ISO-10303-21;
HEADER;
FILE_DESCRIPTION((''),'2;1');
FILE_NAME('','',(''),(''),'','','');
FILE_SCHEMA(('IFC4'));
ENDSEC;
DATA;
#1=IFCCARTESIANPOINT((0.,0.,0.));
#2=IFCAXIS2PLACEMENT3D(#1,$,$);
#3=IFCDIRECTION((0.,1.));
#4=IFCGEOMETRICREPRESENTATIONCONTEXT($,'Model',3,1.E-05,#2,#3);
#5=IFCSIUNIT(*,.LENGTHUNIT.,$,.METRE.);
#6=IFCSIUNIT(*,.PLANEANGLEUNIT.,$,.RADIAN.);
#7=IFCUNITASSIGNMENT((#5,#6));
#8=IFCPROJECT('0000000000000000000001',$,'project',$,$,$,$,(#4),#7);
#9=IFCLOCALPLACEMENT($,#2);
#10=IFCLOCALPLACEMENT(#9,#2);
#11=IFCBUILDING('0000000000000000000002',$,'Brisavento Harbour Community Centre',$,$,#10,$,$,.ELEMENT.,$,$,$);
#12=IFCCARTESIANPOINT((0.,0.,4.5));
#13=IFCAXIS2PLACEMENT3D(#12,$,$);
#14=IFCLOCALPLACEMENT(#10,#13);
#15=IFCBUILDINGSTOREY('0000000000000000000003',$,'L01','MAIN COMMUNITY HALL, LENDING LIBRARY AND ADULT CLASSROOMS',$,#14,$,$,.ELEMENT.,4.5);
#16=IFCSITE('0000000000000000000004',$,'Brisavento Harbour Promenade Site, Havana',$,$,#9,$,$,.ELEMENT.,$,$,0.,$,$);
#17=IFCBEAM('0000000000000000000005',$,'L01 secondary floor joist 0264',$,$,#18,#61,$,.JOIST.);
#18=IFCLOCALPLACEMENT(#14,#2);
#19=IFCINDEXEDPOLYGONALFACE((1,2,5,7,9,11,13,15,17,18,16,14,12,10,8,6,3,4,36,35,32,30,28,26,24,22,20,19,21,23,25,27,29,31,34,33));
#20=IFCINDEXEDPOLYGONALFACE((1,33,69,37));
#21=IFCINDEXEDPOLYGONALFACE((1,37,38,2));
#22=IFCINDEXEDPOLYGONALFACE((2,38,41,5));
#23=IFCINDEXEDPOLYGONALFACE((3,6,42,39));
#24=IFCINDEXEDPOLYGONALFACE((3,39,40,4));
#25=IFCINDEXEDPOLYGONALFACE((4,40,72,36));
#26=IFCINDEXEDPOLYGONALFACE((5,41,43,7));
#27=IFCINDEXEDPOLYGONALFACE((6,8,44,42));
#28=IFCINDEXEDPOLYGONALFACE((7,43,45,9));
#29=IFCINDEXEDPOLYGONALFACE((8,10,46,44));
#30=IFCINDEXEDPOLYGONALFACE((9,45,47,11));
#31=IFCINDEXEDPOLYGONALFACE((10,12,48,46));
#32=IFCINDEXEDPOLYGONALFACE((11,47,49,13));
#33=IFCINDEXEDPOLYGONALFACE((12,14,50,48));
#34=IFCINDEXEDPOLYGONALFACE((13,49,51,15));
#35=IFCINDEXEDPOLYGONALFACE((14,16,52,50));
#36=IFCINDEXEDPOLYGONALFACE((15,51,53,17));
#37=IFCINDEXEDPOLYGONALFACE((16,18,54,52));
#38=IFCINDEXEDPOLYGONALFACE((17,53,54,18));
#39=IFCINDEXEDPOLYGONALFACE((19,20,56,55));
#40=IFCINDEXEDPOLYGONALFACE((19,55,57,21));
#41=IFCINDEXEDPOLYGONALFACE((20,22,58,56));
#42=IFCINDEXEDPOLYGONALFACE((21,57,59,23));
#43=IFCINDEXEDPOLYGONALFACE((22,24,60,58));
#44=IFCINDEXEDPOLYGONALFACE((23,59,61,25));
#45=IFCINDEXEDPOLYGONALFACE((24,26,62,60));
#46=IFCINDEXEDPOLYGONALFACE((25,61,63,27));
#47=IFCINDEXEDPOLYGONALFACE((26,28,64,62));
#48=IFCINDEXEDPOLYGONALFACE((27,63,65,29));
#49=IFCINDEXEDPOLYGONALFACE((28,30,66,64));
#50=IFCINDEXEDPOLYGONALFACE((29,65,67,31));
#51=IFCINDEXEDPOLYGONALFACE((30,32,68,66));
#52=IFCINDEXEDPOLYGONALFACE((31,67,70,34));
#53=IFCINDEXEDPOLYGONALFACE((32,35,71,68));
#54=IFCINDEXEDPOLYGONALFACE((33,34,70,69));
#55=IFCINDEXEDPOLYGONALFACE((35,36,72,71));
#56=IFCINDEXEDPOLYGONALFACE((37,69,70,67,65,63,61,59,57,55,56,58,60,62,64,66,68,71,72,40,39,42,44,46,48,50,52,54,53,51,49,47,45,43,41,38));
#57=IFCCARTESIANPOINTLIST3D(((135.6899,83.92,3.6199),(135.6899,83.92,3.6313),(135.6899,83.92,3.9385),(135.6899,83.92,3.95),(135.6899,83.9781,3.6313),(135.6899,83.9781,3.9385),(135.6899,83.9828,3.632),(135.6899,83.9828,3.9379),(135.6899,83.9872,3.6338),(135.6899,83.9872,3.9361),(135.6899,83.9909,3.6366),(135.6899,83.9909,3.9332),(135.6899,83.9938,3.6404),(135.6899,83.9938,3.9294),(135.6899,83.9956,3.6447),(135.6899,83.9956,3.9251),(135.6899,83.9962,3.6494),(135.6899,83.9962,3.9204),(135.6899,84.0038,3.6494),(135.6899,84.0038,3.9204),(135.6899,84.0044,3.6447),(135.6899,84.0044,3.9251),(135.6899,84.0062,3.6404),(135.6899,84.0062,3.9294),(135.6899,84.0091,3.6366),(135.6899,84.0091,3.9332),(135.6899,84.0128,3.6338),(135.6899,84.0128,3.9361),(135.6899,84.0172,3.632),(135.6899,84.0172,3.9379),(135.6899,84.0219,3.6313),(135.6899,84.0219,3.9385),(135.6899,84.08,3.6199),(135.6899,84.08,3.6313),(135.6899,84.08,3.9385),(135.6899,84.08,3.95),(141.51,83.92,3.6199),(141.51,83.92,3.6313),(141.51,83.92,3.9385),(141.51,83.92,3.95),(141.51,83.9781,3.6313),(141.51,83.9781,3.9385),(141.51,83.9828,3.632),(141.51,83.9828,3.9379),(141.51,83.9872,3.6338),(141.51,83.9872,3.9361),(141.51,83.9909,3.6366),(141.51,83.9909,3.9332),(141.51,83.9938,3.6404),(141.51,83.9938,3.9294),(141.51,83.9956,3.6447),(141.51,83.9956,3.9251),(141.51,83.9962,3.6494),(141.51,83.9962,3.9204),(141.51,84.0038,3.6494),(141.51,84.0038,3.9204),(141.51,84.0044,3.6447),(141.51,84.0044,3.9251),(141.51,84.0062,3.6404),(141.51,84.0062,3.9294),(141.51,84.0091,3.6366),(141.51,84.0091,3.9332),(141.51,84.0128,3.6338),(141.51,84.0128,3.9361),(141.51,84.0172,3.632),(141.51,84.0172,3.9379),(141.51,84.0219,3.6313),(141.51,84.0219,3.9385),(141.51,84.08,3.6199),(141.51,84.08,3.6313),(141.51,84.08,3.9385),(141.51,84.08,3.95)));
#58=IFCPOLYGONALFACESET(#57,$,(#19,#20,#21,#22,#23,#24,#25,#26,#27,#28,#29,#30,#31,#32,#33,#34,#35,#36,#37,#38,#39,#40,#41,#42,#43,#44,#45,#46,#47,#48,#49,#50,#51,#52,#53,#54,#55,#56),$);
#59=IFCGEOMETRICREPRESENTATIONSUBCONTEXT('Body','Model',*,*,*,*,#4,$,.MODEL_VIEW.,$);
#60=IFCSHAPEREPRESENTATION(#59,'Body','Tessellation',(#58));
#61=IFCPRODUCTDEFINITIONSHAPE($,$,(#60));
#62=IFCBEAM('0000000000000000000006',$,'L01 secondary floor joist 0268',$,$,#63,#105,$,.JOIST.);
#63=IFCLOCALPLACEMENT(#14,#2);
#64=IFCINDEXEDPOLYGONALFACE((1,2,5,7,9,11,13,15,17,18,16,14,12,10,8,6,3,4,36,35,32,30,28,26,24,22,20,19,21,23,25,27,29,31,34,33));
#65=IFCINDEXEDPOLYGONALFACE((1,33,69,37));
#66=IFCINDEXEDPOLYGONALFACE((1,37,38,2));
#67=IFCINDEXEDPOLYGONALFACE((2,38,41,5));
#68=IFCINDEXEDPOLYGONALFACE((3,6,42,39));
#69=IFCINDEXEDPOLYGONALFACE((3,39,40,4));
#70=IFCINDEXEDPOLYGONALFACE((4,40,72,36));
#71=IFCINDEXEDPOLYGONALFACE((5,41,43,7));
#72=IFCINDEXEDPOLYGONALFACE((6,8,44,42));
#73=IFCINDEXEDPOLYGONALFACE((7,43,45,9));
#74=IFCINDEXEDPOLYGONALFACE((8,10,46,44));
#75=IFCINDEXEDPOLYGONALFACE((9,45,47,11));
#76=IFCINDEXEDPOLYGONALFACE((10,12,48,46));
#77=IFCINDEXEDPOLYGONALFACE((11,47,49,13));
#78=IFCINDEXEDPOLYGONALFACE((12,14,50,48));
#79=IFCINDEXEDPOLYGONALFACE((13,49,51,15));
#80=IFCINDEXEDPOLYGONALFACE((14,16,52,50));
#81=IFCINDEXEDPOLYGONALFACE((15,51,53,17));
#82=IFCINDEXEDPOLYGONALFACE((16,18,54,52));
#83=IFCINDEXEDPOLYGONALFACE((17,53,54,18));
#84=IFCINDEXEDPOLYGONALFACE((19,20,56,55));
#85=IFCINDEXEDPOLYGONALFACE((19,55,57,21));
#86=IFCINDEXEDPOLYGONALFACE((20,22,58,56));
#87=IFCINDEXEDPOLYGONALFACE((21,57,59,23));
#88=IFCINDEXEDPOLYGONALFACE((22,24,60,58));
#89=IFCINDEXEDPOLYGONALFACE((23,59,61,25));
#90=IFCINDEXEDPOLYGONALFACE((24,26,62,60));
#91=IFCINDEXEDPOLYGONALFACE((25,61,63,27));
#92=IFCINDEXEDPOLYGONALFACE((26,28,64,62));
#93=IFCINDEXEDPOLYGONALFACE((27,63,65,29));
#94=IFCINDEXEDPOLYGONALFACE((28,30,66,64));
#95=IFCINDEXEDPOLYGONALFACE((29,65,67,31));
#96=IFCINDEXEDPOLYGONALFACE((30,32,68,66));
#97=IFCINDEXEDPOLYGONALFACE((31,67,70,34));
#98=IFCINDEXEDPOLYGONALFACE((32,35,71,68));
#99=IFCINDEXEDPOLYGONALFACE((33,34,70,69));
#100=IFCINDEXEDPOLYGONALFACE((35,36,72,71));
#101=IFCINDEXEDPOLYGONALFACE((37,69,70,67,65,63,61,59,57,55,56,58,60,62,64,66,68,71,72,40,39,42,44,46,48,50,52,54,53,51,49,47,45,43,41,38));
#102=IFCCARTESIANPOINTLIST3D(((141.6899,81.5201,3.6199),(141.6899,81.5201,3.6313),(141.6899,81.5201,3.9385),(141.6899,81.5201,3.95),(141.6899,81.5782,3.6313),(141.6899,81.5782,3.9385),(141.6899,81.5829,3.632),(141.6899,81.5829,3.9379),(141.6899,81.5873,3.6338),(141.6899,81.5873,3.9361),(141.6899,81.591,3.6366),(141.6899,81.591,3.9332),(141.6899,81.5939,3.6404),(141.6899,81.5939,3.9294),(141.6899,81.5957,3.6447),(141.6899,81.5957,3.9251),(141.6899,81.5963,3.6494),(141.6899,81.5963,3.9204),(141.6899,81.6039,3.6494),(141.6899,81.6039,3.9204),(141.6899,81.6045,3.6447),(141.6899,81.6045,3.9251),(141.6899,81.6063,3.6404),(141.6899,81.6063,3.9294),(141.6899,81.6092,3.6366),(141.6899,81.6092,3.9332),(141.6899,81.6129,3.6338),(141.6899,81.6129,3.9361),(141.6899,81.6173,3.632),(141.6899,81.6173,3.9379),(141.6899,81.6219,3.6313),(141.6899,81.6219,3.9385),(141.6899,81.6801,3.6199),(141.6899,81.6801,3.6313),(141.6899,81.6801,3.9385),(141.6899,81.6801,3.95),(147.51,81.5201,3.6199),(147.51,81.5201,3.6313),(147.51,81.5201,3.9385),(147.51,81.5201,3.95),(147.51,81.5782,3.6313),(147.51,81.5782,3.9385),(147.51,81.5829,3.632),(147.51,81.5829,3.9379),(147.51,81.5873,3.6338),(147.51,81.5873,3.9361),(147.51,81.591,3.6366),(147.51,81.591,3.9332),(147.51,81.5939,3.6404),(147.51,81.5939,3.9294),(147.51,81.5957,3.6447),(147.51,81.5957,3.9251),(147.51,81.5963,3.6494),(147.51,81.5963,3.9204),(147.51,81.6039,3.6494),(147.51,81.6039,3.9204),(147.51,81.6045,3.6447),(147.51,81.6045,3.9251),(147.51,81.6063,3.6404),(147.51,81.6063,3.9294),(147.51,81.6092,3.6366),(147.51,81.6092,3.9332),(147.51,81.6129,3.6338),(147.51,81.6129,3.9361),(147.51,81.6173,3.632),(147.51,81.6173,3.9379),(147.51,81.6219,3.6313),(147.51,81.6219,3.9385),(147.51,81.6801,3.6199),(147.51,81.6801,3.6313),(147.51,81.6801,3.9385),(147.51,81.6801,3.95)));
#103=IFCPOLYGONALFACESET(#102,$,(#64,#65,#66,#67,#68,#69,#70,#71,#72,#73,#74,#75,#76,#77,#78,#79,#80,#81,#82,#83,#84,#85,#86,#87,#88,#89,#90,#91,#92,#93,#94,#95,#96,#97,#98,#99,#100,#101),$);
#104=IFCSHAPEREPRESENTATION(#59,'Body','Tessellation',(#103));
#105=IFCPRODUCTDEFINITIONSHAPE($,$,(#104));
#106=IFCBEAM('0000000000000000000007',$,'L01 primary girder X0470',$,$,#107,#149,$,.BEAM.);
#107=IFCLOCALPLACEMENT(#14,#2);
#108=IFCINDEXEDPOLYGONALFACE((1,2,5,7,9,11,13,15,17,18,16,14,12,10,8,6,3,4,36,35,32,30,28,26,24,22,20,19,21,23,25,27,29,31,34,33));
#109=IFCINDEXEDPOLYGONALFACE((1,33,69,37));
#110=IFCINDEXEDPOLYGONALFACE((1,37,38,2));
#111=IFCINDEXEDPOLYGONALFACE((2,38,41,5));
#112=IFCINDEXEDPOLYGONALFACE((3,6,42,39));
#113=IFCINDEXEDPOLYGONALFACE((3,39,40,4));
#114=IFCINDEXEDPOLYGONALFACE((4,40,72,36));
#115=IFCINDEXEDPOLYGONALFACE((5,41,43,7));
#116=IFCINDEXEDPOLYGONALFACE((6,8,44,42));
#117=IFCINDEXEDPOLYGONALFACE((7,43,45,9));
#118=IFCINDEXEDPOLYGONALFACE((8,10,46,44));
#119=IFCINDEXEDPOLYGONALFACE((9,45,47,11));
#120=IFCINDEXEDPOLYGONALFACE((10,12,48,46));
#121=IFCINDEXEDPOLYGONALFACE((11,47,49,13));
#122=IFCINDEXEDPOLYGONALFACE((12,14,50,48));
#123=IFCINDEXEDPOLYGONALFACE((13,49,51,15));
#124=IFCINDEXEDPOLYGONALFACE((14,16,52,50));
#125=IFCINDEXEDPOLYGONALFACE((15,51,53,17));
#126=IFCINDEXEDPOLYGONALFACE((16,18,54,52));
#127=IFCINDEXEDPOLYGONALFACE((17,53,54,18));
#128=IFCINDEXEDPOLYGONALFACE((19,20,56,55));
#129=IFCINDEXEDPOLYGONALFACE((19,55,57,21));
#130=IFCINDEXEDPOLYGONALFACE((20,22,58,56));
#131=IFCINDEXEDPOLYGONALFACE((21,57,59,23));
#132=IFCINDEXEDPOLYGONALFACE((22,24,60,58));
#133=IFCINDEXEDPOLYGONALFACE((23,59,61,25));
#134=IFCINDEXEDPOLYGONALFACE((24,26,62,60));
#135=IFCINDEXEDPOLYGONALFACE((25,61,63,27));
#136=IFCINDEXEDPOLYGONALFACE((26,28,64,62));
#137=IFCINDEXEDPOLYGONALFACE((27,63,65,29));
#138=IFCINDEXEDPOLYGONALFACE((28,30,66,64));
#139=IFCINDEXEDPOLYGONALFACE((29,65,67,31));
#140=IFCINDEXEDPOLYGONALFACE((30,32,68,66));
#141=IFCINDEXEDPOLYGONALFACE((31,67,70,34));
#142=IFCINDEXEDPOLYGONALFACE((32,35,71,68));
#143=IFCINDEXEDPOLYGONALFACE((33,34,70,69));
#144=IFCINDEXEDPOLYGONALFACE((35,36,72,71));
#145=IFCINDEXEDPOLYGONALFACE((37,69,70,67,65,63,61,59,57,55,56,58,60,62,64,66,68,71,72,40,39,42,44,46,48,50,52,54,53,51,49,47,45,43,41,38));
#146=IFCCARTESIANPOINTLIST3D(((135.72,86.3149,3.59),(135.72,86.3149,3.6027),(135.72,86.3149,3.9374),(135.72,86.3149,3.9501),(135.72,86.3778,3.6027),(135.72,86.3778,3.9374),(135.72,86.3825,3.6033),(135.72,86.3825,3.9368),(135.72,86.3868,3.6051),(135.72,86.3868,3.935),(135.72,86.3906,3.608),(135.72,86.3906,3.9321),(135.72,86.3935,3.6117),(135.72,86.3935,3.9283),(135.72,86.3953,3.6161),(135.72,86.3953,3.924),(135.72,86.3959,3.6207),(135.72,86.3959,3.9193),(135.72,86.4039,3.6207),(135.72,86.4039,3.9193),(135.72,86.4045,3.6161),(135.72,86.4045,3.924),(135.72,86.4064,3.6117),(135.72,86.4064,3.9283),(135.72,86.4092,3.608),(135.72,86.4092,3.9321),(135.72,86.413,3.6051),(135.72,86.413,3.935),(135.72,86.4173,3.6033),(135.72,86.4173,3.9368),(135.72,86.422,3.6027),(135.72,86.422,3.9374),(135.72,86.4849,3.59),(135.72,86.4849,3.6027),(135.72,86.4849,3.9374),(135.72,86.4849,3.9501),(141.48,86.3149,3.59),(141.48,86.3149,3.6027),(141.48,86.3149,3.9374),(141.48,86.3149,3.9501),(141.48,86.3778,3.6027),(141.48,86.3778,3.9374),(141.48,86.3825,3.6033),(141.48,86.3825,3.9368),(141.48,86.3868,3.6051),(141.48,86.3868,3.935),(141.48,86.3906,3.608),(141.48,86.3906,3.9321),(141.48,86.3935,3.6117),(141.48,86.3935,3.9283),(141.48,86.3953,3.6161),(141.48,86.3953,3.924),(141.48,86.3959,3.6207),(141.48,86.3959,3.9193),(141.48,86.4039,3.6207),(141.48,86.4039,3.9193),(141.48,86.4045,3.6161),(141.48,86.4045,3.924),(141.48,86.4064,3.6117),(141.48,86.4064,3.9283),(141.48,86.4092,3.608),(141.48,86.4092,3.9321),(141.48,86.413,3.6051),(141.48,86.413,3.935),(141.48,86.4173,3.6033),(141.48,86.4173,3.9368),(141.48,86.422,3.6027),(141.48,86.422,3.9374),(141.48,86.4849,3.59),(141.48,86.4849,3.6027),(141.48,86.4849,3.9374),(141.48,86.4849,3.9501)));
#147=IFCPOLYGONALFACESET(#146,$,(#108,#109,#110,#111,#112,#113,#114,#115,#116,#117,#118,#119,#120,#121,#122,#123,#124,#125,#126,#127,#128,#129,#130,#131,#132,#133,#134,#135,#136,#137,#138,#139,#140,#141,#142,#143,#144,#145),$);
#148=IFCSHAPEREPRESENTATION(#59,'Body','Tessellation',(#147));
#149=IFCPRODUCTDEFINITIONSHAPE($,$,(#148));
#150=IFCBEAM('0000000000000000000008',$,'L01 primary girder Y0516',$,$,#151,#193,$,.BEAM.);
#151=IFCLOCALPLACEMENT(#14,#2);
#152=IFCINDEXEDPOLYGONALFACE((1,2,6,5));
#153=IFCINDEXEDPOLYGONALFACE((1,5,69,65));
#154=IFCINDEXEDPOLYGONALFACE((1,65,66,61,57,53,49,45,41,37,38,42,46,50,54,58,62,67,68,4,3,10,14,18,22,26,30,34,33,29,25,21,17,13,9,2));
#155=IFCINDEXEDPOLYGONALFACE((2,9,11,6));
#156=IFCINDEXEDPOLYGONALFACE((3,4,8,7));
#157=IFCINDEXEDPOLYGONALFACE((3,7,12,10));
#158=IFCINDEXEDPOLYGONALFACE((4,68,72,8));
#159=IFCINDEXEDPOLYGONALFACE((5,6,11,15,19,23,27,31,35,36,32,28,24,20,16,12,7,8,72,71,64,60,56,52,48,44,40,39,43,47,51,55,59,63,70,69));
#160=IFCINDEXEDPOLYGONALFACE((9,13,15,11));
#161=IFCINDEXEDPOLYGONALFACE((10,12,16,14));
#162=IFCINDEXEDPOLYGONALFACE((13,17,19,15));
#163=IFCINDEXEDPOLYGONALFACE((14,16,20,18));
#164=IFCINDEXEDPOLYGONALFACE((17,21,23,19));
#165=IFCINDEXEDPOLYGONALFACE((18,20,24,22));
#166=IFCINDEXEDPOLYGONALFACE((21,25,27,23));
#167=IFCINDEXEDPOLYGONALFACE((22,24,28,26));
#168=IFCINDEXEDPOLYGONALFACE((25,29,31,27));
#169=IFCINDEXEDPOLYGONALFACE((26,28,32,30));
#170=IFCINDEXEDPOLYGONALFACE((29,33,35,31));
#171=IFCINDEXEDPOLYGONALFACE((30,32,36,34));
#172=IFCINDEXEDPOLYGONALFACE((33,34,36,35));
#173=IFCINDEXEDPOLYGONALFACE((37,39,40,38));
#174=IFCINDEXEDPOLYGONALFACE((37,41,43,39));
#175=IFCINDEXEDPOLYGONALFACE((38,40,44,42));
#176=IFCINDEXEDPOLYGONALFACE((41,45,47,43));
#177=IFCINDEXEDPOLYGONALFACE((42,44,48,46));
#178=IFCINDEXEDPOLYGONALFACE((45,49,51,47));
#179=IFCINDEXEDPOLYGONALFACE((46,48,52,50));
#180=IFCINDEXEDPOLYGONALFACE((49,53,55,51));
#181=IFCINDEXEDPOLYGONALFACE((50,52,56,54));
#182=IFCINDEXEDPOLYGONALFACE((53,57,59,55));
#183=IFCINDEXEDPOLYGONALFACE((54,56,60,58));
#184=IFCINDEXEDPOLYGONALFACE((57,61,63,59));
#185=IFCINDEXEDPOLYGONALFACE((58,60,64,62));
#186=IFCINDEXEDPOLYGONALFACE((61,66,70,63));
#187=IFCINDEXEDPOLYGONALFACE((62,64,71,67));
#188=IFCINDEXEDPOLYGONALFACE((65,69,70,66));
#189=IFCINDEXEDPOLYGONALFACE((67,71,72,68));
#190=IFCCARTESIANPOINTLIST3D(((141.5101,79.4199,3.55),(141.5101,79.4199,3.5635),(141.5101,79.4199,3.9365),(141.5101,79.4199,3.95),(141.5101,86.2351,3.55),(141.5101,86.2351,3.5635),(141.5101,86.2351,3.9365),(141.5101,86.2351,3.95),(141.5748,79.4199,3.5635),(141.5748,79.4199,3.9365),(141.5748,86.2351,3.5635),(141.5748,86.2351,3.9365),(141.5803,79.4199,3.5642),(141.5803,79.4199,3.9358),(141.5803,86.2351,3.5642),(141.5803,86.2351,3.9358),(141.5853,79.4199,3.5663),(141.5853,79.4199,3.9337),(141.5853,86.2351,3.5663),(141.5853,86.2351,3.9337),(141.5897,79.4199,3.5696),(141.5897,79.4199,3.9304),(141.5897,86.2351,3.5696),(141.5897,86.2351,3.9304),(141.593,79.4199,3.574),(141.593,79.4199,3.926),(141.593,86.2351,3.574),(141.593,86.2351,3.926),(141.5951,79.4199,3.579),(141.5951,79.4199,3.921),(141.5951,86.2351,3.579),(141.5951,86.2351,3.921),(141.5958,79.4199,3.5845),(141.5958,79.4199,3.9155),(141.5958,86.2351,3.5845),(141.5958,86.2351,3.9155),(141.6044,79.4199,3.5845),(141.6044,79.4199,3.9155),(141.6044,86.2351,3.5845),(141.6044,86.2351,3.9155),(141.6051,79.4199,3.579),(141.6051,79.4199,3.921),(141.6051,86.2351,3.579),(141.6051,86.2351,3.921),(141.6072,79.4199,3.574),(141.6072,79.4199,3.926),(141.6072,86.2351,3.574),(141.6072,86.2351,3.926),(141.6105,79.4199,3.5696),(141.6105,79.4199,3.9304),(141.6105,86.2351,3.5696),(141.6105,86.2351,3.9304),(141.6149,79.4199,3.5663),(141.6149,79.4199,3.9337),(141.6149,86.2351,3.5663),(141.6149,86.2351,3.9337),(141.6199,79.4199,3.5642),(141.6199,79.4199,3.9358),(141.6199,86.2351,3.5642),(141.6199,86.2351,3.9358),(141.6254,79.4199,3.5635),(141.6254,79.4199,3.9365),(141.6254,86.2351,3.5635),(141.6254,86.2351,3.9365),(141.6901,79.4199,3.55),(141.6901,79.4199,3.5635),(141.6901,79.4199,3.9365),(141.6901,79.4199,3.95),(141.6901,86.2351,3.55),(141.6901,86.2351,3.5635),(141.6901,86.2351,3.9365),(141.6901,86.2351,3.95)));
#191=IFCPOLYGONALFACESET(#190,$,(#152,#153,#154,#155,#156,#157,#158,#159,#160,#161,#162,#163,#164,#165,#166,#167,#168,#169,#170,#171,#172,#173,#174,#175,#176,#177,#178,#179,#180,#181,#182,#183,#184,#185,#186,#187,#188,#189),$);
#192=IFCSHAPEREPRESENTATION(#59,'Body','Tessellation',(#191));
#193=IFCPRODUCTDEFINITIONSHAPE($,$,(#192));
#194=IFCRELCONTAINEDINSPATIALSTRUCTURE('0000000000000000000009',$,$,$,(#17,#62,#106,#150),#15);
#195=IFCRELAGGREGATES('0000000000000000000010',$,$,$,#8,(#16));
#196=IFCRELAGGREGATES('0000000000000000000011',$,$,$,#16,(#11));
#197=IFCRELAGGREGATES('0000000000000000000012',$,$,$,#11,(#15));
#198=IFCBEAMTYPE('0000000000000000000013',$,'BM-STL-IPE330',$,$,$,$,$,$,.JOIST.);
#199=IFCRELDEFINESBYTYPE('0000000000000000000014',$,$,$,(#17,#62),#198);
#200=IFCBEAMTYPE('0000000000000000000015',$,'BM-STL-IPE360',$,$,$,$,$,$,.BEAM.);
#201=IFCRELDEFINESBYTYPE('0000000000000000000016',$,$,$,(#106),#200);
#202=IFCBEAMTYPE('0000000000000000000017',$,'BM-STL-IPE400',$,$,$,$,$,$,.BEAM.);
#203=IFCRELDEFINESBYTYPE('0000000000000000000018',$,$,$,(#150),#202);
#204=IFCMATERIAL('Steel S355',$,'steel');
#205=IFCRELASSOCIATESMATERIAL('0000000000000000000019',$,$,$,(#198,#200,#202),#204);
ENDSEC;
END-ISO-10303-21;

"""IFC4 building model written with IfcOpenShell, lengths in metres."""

from ifc_helpers import new_model, si_unit, direction, frame, origin, origin_2d, place, context, subcontext, project, spatial, i_section, extrude, material, material_profile, profile_set, type_object, element, save


model = new_model("IFC4")

# Units and contexts
model_context = context("Model", 3, precision=1e-05, world=origin(), true_north=direction((0.0, 1.0)))
body_context = subcontext(model_context, "Body", "Model", "MODEL_VIEW")
ifc_project = project(units=[si_unit("LENGTHUNIT", "METRE"), si_unit("PLANEANGLEUNIT", "RADIAN")], contexts=[model_context])

# Site, building, storey
site_placement = place(None, origin())
site = spatial("IfcSite", under=ifc_project, at=site_placement, Name="Brisavento Harbour Promenade Site, Havana", CompositionType="ELEMENT", RefElevation=0.0)
building_placement = place(site_placement, origin())
building = spatial("IfcBuilding", under=site, at=building_placement, Name="Brisavento Harbour Community Centre", CompositionType="ELEMENT")
storey_placement = place(building_placement, frame((0.0, 0.0, 4.5)))
storey = spatial("IfcBuildingStorey", under=building, at=storey_placement, Name="L01", Description="MAIN COMMUNITY HALL, LENDING LIBRARY AND ADULT CLASSROOMS", CompositionType="ELEMENT", Elevation=4.5)

# Shared definitions
ifc_material_1 = material(Name="Steel S355", Category="steel")

# Beams
ifc_material_profile_1 = material_profile(ifc_material_1, i_section(OverallWidth=0.1599, OverallDepth=0.3301, WebThickness=0.0076, FlangeThickness=0.0115, FilletRadius=0.0181, at=origin_2d()), Name="Steel S355")
ifc_profile_set_1 = profile_set([ifc_material_profile_1], Name="Steel S355")
beam_type_1 = type_object("IfcBeamType", Name="BM-STL-IPE330", PredefinedType="JOIST", material=ifc_profile_set_1)
for number, where, z_axis, x_axis, name in (
    (1, (135.6899, 84.0, 3.7849), (1.0, 0.0, 0.0), (0.0, 1.0, 0.0), "L01 secondary floor joist 0264"),
    (2, (141.6899, 81.6001, 3.7849), (1.0, 0.0, 0.0), (0.0, 1.0, 0.0), "L01 secondary floor joist 0268"),
):
    element("IfcBeam", number, at=place(storey_placement, frame(where, z_axis=z_axis, x_axis=x_axis)), inside=storey, type_object=beam_type_1, Name=name, PredefinedType="JOIST", context=body_context, shape_type="SweptSolid", body=[
        extrude(i_section(OverallWidth=0.1599, OverallDepth=0.3301, WebThickness=0.0076, FlangeThickness=0.0115, FilletRadius=0.0181, at=origin_2d()), origin(), (0.0, 0.0, 1.0), 5.8201),
    ])
ifc_material_profile_2 = material_profile(ifc_material_1, i_section(OverallWidth=0.1699, OverallDepth=0.3601, WebThickness=0.0081, FlangeThickness=0.0127, FilletRadius=0.0181, at=origin_2d()), Name="Steel S355")
ifc_profile_set_2 = profile_set([ifc_material_profile_2], Name="Steel S355")
beam_type_2 = type_object("IfcBeamType", Name="BM-STL-IPE360", PredefinedType="BEAM", material=ifc_profile_set_2)
beam_1_placement = place(storey_placement, frame((135.72, 86.3999, 3.77), z_axis=(1.0, 0.0, 0.0), x_axis=(0.0, 1.0, 0.0)))
element("IfcBeam", 3, at=beam_1_placement, inside=storey, type_object=beam_type_2, Name="L01 primary girder X0470", PredefinedType="BEAM", context=body_context, shape_type="SweptSolid", body=[
    extrude(i_section(OverallWidth=0.1699, OverallDepth=0.3601, WebThickness=0.0081, FlangeThickness=0.0127, FilletRadius=0.0181, at=origin_2d()), origin(), (0.0, 0.0, 1.0), 5.76),
])
ifc_material_profile_3 = material_profile(ifc_material_1, i_section(OverallWidth=0.1799, OverallDepth=0.3999, WebThickness=0.0085, FlangeThickness=0.0134, FilletRadius=0.021, at=origin_2d()), Name="Steel S355")
ifc_profile_set_3 = profile_set([ifc_material_profile_3], Name="Steel S355")
beam_type_3 = type_object("IfcBeamType", Name="BM-STL-IPE400", PredefinedType="BEAM", material=ifc_profile_set_3)
for number, where, z_axis, x_axis, name in (
    (4, (141.6001, 79.4199, 3.75), (0.0, 1.0, 0.0), (-1.0, 0.0, 0.0), "L01 primary girder Y0516"),
):
    element("IfcBeam", number, at=place(storey_placement, frame(where, z_axis=z_axis, x_axis=x_axis)), inside=storey, type_object=beam_type_3, Name=name, PredefinedType="BEAM", context=body_context, shape_type="SweptSolid", body=[
        extrude(i_section(OverallWidth=0.1799, OverallDepth=0.3999, WebThickness=0.0085, FlangeThickness=0.0134, FilletRadius=0.021, at=origin_2d()), origin(), (0.0, 0.0, 1.0), 6.8152),
    ])

save(model, "model.ifc")
